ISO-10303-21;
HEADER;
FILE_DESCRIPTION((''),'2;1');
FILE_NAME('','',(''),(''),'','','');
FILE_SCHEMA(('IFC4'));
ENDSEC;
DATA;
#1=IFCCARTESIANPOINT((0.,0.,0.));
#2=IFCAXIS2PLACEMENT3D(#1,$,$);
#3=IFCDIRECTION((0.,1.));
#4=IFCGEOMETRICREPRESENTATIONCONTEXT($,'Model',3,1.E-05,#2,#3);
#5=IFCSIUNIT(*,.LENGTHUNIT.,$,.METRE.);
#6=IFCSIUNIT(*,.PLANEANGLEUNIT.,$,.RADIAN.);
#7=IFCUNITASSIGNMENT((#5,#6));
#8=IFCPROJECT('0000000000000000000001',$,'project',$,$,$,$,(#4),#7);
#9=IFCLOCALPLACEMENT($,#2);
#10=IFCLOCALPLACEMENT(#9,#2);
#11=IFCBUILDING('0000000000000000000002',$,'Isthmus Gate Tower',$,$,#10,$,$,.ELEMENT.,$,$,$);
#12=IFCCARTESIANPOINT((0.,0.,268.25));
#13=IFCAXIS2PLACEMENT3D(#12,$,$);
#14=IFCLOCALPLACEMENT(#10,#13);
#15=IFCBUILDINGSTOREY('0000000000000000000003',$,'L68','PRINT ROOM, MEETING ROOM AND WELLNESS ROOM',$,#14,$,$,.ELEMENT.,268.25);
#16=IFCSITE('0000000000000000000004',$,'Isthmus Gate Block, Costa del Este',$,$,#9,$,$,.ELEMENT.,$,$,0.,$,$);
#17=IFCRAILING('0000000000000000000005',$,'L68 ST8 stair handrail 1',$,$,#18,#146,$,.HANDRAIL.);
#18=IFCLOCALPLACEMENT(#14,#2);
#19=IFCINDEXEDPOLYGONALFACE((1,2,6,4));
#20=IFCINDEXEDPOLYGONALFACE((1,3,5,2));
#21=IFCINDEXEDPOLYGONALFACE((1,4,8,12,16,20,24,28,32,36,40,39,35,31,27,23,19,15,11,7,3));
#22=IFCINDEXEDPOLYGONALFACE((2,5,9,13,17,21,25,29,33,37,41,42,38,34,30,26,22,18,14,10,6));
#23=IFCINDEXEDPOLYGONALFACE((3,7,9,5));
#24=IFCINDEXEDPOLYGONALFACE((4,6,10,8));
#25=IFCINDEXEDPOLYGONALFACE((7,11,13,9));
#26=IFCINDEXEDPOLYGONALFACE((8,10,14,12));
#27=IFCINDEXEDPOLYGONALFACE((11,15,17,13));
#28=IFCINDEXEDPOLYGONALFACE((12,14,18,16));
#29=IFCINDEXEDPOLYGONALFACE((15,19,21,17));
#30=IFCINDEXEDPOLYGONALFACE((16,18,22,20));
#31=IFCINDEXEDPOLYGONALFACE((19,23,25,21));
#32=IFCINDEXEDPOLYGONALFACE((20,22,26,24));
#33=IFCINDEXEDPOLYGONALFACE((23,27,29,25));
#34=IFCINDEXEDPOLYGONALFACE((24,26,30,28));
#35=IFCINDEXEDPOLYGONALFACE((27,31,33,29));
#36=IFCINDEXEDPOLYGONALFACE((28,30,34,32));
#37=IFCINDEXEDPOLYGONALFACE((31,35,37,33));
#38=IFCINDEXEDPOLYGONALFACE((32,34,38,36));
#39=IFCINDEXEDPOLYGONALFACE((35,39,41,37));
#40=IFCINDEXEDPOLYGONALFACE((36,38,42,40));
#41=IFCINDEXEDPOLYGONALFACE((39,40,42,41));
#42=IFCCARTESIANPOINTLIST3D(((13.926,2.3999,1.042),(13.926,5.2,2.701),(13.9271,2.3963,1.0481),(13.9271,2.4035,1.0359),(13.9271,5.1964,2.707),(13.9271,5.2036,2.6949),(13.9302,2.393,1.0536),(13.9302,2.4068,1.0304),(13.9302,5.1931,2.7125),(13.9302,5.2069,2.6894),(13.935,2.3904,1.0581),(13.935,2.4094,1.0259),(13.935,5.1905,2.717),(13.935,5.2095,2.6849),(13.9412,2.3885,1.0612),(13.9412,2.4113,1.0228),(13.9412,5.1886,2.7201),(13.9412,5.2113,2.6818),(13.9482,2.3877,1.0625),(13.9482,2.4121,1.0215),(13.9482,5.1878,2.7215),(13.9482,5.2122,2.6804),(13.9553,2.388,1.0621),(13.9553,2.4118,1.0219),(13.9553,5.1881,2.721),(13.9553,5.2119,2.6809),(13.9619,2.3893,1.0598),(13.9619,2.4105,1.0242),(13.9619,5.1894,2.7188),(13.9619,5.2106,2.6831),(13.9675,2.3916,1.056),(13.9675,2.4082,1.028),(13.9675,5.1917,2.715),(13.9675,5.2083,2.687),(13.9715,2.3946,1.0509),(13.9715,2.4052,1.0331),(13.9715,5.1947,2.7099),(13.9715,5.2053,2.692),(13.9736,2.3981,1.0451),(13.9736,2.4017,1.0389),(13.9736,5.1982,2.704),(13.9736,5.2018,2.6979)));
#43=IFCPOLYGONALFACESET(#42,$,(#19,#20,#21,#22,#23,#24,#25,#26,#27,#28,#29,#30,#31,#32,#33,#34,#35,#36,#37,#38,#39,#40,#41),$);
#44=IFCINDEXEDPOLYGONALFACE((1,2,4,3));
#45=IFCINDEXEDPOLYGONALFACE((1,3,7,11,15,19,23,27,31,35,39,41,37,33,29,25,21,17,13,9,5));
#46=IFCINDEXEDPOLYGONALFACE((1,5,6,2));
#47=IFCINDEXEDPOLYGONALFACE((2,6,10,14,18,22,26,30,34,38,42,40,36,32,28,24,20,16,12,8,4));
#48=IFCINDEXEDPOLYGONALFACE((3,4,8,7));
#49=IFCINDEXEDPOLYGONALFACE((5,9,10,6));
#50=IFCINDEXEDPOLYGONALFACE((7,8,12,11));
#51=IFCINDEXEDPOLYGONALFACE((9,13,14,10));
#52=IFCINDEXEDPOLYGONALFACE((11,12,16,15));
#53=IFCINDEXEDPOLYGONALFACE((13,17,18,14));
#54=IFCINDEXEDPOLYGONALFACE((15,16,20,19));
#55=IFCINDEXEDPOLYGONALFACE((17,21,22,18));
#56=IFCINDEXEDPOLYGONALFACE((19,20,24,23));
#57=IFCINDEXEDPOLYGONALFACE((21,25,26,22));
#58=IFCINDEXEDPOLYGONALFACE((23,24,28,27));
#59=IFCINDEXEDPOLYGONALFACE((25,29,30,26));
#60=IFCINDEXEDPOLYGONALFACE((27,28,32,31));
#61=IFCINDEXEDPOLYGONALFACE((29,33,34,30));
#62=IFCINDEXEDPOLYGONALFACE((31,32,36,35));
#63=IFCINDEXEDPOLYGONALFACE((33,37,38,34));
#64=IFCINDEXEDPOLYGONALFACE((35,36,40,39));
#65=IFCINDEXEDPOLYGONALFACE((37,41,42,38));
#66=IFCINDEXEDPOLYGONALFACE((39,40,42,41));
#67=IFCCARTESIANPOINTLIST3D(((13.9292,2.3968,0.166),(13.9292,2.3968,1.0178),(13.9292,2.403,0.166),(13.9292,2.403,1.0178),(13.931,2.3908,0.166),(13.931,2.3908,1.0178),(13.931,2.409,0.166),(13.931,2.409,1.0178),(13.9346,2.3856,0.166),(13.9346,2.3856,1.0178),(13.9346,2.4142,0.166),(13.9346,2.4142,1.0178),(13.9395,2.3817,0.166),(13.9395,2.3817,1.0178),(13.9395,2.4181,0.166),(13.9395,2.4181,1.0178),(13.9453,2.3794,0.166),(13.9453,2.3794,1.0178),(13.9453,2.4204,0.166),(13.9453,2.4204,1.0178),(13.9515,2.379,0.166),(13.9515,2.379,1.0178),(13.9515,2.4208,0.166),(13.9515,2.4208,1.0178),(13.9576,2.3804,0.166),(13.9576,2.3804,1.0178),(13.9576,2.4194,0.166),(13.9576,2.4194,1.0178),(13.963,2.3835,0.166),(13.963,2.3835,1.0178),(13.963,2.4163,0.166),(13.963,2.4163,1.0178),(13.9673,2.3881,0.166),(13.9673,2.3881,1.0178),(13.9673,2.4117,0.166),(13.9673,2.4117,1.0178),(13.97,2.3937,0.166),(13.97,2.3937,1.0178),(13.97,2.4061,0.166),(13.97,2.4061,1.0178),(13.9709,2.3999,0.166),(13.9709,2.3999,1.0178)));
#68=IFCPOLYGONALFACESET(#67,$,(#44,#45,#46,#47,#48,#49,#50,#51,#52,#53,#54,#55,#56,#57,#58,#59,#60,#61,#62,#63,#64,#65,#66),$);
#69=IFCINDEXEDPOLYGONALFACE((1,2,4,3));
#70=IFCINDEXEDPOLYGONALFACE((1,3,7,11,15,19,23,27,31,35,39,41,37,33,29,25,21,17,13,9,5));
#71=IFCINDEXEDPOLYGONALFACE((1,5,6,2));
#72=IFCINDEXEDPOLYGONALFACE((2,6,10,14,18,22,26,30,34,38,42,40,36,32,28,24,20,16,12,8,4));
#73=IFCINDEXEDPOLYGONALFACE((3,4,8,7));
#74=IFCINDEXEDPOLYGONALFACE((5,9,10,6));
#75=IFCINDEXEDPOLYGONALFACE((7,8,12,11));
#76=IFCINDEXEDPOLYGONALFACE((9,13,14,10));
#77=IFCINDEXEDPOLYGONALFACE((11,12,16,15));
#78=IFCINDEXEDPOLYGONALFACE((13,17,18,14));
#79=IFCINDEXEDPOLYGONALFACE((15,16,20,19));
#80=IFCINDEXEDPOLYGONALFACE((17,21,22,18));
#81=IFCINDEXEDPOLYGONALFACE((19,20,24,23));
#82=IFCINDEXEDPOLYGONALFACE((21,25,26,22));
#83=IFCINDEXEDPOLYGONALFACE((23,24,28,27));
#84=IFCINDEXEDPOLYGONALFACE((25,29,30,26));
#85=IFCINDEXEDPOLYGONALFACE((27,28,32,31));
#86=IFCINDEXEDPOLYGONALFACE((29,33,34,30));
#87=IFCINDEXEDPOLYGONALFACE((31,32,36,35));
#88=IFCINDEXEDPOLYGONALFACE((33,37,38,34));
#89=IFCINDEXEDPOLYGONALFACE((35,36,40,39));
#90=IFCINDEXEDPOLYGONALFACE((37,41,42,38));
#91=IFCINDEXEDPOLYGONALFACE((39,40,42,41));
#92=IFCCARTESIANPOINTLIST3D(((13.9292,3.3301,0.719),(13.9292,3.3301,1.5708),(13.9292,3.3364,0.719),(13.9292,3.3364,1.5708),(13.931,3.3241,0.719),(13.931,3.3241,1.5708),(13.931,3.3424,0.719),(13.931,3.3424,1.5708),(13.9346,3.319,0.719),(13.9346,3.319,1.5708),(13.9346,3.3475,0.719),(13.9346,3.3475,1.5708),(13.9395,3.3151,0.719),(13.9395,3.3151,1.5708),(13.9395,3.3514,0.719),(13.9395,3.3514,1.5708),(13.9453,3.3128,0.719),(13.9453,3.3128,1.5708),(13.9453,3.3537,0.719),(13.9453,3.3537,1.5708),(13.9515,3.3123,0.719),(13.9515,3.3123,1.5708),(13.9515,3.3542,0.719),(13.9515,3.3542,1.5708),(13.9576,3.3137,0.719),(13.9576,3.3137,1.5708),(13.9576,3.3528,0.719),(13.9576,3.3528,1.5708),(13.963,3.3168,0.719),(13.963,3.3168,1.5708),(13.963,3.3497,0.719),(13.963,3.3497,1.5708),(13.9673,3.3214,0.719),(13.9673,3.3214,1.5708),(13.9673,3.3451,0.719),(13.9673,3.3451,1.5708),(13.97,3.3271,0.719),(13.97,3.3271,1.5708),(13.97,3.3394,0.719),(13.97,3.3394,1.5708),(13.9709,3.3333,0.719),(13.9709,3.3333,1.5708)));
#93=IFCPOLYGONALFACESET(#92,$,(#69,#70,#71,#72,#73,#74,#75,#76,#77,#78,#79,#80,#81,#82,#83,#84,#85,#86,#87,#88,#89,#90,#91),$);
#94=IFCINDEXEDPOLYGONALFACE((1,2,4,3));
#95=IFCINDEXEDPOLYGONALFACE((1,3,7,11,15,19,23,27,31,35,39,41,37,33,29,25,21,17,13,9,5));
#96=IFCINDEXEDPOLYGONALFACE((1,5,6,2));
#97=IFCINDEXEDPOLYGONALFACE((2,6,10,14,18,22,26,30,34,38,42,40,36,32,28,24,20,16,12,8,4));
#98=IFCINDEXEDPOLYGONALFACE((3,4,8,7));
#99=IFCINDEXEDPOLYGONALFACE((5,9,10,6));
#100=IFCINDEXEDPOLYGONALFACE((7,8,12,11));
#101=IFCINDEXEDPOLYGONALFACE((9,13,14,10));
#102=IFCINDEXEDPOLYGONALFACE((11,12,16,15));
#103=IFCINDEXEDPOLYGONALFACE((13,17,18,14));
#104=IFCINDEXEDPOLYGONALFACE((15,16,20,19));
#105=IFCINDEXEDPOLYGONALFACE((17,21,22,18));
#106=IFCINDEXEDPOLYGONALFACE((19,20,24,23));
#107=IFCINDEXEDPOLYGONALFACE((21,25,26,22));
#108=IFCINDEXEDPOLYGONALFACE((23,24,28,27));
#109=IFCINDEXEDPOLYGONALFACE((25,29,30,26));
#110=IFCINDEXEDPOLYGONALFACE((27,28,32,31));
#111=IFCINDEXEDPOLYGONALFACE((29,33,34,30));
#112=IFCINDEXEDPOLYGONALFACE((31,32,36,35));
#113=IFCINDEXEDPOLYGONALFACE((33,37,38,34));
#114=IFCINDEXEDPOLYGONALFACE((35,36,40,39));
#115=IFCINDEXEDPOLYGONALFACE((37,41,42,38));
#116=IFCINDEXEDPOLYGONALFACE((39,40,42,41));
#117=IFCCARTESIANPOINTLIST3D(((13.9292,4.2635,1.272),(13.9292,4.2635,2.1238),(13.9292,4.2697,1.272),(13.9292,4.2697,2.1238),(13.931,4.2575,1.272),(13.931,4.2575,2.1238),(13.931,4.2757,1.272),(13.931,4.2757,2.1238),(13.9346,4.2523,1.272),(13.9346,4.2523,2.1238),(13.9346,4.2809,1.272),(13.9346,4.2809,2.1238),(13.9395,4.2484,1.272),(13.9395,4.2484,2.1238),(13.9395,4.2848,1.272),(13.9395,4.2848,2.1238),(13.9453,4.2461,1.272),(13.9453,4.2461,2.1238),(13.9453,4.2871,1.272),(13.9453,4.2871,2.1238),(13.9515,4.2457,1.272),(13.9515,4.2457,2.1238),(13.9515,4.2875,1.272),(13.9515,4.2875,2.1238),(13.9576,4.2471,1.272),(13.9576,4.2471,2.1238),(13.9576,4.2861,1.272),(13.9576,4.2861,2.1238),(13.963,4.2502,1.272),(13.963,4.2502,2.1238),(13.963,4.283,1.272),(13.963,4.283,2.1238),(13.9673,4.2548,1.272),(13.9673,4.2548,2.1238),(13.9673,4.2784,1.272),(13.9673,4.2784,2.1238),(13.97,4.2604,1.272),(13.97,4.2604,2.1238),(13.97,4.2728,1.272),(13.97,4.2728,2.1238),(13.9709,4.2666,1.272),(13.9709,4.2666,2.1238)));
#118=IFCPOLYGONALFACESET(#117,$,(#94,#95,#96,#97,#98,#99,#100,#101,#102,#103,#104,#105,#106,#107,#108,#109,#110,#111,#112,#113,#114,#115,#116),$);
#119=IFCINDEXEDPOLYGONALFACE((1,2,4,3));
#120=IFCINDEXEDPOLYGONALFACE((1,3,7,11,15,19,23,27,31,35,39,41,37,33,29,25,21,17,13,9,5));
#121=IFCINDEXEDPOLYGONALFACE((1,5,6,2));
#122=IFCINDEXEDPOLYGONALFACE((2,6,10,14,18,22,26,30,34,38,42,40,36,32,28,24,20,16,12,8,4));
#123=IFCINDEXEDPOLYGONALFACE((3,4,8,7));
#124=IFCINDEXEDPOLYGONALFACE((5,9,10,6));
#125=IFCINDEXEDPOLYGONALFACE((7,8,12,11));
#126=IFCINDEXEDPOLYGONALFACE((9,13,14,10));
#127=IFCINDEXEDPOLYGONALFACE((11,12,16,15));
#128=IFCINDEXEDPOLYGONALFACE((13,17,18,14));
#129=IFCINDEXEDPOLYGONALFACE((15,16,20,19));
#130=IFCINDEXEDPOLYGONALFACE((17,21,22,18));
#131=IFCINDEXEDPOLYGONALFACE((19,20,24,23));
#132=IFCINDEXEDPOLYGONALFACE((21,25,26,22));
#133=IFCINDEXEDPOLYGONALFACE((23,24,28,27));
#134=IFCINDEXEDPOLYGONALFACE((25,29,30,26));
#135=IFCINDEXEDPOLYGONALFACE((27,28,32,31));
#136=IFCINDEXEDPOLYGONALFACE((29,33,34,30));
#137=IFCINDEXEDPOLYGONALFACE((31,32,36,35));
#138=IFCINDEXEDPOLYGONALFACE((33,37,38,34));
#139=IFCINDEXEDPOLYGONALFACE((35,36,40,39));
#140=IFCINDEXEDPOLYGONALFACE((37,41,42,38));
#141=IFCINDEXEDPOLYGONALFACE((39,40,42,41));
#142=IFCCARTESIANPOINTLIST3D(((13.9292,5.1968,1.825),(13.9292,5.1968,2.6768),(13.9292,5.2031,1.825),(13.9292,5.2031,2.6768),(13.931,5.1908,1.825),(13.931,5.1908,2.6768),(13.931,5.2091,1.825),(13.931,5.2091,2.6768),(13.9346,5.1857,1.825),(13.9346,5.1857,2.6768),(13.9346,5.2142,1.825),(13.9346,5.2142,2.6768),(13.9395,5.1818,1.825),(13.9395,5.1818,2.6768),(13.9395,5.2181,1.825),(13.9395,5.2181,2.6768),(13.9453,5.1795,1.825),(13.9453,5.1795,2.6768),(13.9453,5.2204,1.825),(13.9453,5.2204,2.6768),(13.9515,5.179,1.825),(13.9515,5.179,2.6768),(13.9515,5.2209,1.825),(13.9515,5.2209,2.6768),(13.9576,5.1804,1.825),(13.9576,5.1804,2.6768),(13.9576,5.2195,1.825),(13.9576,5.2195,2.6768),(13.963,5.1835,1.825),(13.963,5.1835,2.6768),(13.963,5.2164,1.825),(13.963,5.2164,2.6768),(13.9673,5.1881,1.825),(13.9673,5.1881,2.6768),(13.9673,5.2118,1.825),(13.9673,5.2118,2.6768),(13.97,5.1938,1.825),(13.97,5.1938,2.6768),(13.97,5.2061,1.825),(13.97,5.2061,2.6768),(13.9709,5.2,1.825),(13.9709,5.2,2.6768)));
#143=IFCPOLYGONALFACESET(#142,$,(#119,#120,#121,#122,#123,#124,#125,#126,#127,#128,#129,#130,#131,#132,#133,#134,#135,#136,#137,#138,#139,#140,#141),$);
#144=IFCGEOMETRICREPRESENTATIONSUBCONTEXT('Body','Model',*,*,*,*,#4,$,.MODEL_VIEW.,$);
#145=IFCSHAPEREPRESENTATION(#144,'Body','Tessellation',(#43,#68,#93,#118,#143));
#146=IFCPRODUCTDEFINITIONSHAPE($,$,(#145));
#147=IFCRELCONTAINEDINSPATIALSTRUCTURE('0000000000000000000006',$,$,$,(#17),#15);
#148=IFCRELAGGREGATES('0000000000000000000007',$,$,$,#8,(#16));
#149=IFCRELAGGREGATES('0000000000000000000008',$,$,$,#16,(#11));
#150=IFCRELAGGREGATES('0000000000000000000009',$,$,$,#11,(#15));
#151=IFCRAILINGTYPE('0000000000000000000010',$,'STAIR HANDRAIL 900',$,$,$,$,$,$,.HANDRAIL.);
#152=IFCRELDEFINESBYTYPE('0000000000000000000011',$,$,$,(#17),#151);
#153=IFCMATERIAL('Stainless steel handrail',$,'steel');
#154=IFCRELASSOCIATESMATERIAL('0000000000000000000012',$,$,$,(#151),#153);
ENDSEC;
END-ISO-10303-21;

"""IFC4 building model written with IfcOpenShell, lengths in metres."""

from ifc_helpers import new_model, si_unit, direction, frame, origin, origin_2d, place, context, subcontext, project, spatial, circle, extrude, material, type_object, element, save


model = new_model("IFC4")

# Units and contexts
model_context = context("Model", 3, precision=1e-05, world=origin(), true_north=direction((0.0, 1.0)))
body_context = subcontext(model_context, "Body", "Model", "MODEL_VIEW")
ifc_project = project(units=[si_unit("LENGTHUNIT", "METRE"), si_unit("PLANEANGLEUNIT", "RADIAN")], contexts=[model_context])

# Site, building, storey
site_placement = place(None, origin())
site = spatial("IfcSite", under=ifc_project, at=site_placement, Name="Isthmus Gate Block, Costa del Este", CompositionType="ELEMENT", RefElevation=0.0)
building_placement = place(site_placement, origin())
building = spatial("IfcBuilding", under=site, at=building_placement, Name="Isthmus Gate Tower", CompositionType="ELEMENT")
storey_placement = place(building_placement, frame((0.0, 0.0, 268.25)))
storey = spatial("IfcBuildingStorey", under=building, at=storey_placement, Name="L68", Description="PRINT ROOM, MEETING ROOM AND WELLNESS ROOM", CompositionType="ELEMENT", Elevation=268.25)

# Railing
ifc_material_1 = material(Name="Stainless steel handrail", Category="steel")
railing_type_1 = type_object("IfcRailingType", Name="STAIR HANDRAIL 900", PredefinedType="HANDRAIL", material=ifc_material_1)
railing_1_placement = place(storey_placement, frame((13.95, 2.3999, 0.166)))
element("IfcRailing", 1, at=railing_1_placement, inside=storey, type_object=railing_type_1, Name="L68 ST8 stair handrail 1", PredefinedType="HANDRAIL", context=body_context, shape_type="SweptSolid", body=[
    extrude(circle(Radius=0.0239, at=origin_2d()), frame((0.0, 0.0, 0.876), z_axis=(0.0, 0.860339, 0.509722), x_axis=(-1.0, 0.0, 0.0)), (0.0, 0.0, 1.0), 3.2546),
    extrude(circle(Radius=0.021, at=origin_2d()), origin(), (0.0, 0.0, 1.0), 0.8518),
    extrude(circle(Radius=0.021, at=origin_2d()), frame((0.0, 0.9333, 0.553)), (0.0, 0.0, 1.0), 0.8518),
    extrude(circle(Radius=0.021, at=origin_2d()), frame((0.0, 1.8667, 1.106)), (0.0, 0.0, 1.0), 0.8518),
    extrude(circle(Radius=0.021, at=origin_2d()), frame((0.0, 2.8, 1.6589)), (0.0, 0.0, 1.0), 0.8518),
])

save(model, "model.ifc")
